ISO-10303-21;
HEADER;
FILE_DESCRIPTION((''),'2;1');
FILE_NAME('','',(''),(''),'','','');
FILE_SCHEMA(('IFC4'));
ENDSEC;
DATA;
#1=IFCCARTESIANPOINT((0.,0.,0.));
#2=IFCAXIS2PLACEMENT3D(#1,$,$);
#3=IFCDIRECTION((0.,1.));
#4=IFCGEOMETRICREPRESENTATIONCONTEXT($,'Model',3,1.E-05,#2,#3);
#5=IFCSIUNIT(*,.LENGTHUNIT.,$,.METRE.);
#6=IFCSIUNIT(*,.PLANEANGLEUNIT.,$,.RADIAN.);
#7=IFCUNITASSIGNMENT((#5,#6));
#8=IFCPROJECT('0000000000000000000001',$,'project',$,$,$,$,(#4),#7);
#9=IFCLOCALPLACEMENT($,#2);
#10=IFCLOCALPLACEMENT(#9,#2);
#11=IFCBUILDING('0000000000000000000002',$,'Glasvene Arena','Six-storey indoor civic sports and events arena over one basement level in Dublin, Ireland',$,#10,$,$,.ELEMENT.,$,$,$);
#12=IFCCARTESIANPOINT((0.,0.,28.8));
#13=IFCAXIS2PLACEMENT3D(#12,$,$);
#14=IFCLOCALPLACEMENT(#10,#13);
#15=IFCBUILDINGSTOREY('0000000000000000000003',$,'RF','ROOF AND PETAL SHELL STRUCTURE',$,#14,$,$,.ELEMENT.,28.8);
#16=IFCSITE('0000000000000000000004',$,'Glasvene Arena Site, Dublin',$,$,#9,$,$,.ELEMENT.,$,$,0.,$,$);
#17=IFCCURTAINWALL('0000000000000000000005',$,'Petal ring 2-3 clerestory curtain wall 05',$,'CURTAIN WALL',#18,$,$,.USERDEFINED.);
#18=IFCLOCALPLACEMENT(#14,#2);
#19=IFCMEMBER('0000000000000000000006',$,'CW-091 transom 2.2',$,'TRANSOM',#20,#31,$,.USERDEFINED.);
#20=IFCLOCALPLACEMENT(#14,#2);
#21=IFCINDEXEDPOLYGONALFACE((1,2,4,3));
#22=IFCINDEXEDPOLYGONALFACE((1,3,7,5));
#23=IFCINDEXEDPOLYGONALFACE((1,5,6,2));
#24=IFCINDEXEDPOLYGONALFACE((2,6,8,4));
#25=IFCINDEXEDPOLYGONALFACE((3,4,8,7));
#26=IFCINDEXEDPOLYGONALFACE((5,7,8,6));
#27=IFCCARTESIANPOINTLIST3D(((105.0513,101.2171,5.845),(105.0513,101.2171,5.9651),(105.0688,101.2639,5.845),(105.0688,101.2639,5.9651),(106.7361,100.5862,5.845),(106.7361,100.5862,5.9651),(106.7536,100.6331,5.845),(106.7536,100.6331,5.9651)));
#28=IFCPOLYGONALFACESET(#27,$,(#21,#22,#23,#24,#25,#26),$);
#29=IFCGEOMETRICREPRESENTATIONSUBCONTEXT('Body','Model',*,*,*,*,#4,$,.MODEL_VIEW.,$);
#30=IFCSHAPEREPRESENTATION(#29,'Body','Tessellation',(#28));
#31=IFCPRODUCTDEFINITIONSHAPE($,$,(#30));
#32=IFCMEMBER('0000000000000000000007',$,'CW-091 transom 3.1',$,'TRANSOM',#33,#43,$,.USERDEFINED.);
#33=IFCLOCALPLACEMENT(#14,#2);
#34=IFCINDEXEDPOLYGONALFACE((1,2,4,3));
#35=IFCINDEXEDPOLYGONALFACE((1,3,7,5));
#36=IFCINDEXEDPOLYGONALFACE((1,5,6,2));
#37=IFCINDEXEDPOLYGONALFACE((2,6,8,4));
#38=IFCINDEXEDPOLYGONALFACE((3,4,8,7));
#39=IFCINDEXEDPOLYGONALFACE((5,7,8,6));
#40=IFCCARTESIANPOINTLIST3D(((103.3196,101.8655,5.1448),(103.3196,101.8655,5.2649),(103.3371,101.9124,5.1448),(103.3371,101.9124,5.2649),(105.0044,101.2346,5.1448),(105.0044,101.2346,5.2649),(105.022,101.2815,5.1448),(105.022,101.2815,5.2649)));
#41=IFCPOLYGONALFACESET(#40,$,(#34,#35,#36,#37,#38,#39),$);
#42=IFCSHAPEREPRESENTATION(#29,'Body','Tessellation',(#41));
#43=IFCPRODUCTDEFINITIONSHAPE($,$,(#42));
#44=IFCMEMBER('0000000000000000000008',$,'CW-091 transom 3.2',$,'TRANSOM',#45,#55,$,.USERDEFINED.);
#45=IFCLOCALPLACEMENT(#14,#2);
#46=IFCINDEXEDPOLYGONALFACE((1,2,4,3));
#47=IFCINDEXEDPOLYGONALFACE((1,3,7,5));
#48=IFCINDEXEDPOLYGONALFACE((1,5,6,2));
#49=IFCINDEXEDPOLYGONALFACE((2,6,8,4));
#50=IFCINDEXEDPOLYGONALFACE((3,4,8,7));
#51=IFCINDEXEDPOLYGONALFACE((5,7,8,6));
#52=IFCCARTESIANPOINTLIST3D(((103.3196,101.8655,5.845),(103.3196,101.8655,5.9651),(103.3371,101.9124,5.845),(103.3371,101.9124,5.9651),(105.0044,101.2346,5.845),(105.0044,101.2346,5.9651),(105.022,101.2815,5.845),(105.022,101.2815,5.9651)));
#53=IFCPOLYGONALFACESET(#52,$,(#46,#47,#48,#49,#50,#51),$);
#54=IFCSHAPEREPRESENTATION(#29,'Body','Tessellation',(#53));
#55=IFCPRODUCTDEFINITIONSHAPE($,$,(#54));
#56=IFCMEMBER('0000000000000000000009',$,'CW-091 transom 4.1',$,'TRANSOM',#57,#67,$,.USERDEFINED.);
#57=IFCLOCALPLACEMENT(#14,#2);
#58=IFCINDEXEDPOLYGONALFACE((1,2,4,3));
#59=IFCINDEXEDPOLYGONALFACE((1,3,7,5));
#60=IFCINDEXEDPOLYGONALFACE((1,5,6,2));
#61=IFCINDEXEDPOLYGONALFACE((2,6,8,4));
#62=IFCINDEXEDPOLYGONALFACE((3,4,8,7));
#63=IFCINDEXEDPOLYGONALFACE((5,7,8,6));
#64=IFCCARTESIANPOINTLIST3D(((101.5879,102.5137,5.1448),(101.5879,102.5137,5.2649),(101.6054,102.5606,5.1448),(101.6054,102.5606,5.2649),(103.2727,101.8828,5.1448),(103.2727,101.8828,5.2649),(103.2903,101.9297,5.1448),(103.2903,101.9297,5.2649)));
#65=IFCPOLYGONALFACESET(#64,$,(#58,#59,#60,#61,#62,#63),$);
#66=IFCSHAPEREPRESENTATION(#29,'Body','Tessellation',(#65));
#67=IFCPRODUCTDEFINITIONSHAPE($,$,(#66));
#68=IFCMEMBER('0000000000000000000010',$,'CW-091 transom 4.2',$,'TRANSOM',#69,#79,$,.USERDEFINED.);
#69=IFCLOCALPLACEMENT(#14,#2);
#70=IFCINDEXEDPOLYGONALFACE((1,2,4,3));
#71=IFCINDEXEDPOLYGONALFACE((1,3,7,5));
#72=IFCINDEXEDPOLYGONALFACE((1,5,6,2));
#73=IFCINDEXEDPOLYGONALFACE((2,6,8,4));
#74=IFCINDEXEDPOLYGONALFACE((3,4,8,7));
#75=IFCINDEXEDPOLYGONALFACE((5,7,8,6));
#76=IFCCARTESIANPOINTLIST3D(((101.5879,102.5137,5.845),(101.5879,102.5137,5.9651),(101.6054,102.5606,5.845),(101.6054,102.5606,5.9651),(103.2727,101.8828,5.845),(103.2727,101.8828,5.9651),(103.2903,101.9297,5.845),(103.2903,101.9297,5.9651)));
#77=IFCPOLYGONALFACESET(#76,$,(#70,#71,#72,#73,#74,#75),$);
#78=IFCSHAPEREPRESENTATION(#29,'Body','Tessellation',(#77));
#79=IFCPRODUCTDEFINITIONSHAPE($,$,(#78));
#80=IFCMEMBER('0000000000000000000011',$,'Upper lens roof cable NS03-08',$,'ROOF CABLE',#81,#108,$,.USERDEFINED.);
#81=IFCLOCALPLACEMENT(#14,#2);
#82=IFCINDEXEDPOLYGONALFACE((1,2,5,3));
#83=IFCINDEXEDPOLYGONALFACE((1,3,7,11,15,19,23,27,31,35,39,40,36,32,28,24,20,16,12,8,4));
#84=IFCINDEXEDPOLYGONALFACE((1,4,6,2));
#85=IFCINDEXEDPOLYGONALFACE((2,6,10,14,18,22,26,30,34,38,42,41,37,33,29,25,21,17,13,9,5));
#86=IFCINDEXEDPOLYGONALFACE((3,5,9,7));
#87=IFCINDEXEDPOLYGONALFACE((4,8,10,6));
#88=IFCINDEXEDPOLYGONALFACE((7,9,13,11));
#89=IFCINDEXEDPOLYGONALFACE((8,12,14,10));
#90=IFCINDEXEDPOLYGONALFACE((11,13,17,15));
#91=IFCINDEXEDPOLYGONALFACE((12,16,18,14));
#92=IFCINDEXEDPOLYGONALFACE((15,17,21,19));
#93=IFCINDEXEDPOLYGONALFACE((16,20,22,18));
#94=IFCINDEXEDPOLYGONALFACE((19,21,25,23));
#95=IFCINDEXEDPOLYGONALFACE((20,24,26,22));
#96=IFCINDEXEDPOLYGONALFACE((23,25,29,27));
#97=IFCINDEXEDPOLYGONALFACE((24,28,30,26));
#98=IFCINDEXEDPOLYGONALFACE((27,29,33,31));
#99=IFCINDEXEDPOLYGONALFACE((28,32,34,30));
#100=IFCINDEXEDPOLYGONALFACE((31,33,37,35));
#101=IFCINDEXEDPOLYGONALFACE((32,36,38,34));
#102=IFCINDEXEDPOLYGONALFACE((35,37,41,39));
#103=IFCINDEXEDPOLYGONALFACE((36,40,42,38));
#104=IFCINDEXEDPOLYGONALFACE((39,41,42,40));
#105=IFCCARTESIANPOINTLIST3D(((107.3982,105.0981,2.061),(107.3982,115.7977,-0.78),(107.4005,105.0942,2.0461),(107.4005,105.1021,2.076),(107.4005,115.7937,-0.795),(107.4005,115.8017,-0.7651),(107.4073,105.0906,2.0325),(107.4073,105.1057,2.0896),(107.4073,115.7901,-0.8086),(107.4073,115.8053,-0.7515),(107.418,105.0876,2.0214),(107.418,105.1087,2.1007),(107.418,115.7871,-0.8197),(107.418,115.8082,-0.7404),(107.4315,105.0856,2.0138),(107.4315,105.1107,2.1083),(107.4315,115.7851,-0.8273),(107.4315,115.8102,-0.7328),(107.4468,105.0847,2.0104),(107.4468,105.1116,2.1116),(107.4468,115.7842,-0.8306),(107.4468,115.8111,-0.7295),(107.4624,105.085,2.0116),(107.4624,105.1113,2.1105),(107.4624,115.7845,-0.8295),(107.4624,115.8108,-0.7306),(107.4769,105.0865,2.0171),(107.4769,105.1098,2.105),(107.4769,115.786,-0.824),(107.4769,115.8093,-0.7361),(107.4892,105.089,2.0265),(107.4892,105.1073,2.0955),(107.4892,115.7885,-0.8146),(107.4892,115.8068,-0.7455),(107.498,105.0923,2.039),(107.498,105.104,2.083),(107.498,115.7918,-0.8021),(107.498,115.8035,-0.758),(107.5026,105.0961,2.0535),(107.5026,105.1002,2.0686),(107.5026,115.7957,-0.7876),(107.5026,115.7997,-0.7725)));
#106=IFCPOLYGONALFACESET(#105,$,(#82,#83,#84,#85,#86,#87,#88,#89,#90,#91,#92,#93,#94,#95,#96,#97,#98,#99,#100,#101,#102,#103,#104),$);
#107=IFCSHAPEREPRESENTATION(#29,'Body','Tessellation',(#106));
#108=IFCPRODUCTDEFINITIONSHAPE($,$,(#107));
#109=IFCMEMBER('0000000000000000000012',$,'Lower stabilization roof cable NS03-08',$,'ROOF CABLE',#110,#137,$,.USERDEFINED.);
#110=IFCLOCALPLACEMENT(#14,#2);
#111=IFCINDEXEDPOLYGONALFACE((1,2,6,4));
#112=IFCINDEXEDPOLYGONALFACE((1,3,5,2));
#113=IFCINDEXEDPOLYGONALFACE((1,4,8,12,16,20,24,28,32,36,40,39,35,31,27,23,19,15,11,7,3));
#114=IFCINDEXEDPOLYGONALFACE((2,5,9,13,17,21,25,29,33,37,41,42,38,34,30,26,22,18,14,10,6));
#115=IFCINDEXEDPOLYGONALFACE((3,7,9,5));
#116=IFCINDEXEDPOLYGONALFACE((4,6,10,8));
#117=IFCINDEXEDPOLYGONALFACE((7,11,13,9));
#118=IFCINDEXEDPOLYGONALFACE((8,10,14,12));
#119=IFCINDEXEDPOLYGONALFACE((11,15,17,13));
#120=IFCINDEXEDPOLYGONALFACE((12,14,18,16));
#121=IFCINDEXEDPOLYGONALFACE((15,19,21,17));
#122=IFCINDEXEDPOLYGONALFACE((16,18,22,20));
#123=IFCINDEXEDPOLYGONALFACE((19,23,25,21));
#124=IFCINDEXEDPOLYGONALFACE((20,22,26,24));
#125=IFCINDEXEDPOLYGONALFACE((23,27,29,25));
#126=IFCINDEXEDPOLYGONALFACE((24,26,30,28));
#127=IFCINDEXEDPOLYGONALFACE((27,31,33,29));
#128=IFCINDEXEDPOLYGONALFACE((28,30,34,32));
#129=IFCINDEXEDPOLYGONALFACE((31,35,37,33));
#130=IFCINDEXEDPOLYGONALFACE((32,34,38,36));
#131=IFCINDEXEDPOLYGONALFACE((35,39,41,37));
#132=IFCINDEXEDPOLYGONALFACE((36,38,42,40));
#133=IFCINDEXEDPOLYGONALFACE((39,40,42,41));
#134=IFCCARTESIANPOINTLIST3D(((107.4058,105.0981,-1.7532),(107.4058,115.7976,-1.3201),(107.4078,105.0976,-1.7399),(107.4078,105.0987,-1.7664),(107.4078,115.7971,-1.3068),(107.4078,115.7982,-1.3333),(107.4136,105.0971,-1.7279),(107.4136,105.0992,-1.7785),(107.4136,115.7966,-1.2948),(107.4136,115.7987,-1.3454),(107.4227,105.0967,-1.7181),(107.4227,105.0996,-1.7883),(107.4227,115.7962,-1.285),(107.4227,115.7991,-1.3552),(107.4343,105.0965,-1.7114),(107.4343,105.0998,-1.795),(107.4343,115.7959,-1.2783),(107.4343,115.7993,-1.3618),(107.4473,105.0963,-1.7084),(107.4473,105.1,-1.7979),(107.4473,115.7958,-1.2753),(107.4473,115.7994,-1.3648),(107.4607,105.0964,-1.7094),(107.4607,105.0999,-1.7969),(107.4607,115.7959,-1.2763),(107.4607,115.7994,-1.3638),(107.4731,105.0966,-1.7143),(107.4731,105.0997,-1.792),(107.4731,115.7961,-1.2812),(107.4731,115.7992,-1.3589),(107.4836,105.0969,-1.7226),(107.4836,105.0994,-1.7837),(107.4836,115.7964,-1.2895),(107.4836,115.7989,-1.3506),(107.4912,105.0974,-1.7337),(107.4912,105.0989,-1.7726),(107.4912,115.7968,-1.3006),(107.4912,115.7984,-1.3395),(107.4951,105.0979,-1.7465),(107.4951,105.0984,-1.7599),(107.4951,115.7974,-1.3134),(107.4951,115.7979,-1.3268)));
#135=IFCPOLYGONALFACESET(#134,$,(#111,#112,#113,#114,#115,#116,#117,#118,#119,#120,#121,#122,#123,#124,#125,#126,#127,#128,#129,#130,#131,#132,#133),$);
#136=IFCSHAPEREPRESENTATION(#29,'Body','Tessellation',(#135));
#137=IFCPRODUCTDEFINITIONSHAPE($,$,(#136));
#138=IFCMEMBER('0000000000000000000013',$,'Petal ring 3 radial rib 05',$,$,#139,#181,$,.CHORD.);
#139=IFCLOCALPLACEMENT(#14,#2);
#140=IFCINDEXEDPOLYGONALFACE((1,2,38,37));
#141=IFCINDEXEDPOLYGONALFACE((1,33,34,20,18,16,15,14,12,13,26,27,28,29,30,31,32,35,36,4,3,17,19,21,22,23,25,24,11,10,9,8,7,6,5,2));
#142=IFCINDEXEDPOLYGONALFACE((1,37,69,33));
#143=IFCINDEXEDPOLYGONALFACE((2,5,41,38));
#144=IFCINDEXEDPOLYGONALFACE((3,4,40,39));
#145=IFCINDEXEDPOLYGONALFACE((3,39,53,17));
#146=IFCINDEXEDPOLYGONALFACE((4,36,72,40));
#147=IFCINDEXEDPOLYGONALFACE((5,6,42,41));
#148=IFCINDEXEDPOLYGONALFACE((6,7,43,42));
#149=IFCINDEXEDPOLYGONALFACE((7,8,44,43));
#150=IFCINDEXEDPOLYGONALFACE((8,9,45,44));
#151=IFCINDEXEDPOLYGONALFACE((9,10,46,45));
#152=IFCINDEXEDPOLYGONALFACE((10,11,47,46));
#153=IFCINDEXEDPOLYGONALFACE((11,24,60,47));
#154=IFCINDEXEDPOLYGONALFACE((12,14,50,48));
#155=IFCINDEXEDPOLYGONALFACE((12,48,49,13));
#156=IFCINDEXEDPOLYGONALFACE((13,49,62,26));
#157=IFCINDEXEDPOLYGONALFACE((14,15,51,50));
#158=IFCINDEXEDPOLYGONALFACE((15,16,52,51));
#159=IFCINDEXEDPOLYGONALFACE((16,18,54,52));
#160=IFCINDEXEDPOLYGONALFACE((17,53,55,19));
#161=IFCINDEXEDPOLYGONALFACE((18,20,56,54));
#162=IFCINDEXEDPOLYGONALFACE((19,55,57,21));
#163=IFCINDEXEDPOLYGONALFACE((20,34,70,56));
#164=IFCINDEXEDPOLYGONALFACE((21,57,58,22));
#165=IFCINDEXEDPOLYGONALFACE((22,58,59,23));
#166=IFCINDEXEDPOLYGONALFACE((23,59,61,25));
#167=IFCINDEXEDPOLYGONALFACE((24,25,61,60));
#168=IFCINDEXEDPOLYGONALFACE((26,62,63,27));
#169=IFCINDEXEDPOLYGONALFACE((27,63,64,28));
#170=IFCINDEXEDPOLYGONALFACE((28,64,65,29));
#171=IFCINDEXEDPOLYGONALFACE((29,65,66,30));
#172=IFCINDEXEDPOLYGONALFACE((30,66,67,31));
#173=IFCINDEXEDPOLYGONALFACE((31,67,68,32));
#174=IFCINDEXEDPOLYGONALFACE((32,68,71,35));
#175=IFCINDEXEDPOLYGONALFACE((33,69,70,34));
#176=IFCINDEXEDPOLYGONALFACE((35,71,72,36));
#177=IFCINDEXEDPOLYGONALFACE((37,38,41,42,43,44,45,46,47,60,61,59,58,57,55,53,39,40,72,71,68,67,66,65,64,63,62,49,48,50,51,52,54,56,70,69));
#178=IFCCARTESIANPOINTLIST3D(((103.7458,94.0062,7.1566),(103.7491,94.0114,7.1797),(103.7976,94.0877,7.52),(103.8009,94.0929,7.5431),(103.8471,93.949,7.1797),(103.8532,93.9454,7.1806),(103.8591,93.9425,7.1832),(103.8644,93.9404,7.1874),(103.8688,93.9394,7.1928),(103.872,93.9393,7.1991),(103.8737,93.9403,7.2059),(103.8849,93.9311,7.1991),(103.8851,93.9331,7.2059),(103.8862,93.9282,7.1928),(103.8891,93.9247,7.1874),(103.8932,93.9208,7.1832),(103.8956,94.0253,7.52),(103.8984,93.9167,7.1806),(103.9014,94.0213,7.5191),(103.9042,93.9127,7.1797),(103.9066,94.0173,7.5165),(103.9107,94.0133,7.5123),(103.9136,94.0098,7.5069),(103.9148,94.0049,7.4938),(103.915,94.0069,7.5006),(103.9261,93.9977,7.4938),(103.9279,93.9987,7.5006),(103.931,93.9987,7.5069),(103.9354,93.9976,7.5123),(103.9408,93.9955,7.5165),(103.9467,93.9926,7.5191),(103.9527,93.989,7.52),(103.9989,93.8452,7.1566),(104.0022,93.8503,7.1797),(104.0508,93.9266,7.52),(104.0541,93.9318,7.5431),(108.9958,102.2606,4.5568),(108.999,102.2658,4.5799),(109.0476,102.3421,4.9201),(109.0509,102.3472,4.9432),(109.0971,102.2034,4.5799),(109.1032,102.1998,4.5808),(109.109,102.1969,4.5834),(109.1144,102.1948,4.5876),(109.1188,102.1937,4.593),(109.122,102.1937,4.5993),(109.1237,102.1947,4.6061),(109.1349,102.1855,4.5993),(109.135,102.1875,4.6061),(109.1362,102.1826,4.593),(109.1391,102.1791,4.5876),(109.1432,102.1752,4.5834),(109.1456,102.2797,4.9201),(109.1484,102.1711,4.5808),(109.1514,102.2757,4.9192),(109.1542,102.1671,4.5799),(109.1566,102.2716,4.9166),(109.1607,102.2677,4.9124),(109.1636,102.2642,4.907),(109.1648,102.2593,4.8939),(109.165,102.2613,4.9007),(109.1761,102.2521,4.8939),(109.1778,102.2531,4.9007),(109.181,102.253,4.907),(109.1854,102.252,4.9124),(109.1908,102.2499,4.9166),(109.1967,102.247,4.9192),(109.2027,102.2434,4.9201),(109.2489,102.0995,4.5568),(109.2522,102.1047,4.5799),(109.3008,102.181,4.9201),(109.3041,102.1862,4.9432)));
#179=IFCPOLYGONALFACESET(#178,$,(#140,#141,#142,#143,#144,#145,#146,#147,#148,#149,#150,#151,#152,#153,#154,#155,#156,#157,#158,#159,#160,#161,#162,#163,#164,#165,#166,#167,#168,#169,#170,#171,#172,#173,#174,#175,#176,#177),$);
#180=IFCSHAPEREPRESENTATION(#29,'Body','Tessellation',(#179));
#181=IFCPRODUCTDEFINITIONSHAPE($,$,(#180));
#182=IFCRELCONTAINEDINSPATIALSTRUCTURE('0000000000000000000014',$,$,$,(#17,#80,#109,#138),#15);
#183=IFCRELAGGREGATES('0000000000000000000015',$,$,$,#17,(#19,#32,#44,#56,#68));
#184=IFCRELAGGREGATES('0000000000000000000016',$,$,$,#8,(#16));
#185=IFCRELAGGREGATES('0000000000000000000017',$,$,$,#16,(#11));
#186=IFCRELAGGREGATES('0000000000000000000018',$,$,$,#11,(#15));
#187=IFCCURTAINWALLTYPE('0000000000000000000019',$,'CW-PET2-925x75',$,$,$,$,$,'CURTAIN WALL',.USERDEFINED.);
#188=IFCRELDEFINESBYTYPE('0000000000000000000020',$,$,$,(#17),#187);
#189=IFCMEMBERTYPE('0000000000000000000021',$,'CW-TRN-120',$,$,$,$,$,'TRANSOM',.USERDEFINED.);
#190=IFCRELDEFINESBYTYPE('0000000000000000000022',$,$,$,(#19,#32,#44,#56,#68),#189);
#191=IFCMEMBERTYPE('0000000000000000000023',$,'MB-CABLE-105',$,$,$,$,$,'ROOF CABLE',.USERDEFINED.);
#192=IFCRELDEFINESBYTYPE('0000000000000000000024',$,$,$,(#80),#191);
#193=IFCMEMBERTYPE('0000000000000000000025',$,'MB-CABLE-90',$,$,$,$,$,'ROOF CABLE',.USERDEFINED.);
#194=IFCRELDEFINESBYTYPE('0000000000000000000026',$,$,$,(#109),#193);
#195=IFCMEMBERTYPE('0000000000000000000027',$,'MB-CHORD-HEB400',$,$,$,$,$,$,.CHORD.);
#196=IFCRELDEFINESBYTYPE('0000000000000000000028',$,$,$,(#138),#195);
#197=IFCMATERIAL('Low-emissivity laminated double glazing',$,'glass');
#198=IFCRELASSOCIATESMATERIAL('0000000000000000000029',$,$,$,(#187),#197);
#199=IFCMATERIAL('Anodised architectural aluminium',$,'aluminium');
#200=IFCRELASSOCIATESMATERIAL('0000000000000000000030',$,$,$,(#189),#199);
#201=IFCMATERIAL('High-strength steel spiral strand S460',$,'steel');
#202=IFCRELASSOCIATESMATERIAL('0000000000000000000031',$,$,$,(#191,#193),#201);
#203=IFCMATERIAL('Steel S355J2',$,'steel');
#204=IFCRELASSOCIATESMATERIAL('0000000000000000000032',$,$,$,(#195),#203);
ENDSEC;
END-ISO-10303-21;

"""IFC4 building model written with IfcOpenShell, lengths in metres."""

from ifc_helpers import new_model, si_unit, direction, frame, origin, origin_2d, place, context, subcontext, project, spatial, rectangle, circle, i_section, extrude, material, material_profile, profile_set, type_object, element, aggregate, save


model = new_model("IFC4")

# Units and contexts
model_context = context("Model", 3, precision=1e-05, world=origin(), true_north=direction((0.0, 1.0)))
body_context = subcontext(model_context, "Body", "Model", "MODEL_VIEW")
ifc_project = project(units=[si_unit("LENGTHUNIT", "METRE"), si_unit("PLANEANGLEUNIT", "RADIAN")], contexts=[model_context])

# Site, building, storey
site_placement = place(None, origin())
site = spatial("IfcSite", under=ifc_project, at=site_placement, Name="Glasvene Arena Site, Dublin", CompositionType="ELEMENT", RefElevation=0.0)
building_placement = place(site_placement, origin())
building = spatial("IfcBuilding", under=site, at=building_placement, Name="Glasvene Arena", Description="Six-storey indoor civic sports and events arena over one basement level in Dublin, Ireland", CompositionType="ELEMENT")
storey_placement = place(building_placement, frame((0.0, 0.0, 28.8)))
storey = spatial("IfcBuildingStorey", under=building, at=storey_placement, Name="RF", Description="ROOF AND PETAL SHELL STRUCTURE", CompositionType="ELEMENT", Elevation=28.8)

# Shared definitions
ifc_material_1 = material(Name="Low-emissivity laminated double glazing", Category="glass")
ifc_material_2 = material(Name="Anodised architectural aluminium", Category="aluminium")

# Curtain wall
curtain_wall_type_1 = type_object("IfcCurtainWallType", Name="CW-PET2-925x75", ElementType="CURTAIN WALL", PredefinedType="USERDEFINED", material=ifc_material_1)
curtain_wall_1_placement = place(storey_placement, frame((108.5, 99.9524, 0.0)))
curtain_wall_1 = element("IfcCurtainWall", 1, at=curtain_wall_1_placement, inside=storey, type_object=curtain_wall_type_1, Name="Petal ring 2-3 clerestory curtain wall 05", ObjectType="CURTAIN WALL", PredefinedType="USERDEFINED")

# Members
ifc_material_profile_1 = material_profile(ifc_material_2, rectangle(XDim=0.05, YDim=0.1201, at=origin_2d()), Name="ALU TRANSOM 50x120")
ifc_profile_set_1 = profile_set([ifc_material_profile_1], Name="Anodised architectural aluminium")
member_type_1 = type_object("IfcMemberType", Name="CW-TRN-120", ElementType="TRANSOM", PredefinedType="USERDEFINED", material=ifc_profile_set_1)
member_1_placement = place(storey_placement, frame((106.7449, 100.6096, 5.905), z_axis=(-0.936502, 0.350662, 0.0), x_axis=(-0.350662, -0.936502, 0.0)))
member_1 = element("IfcMember", 2, at=member_1_placement, type_object=member_type_1, Name="CW-091 transom 2.2", ObjectType="TRANSOM", PredefinedType="USERDEFINED", context=body_context, shape_type="SweptSolid", body=[
    extrude(rectangle(XDim=0.05, YDim=0.1201, at=origin_2d()), origin(), (0.0, 0.0, 1.0), 1.7991),
])
member_2_placement = place(storey_placement, frame((105.0132, 101.2581, 5.2048), z_axis=(-0.936502, 0.350662, 0.0), x_axis=(-0.350662, -0.936502, 0.0)))
member_2 = element("IfcMember", 3, at=member_2_placement, type_object=member_type_1, Name="CW-091 transom 3.1", ObjectType="TRANSOM", PredefinedType="USERDEFINED", context=body_context, shape_type="SweptSolid", body=[
    extrude(rectangle(XDim=0.05, YDim=0.1201, at=origin_2d()), origin(), (0.0, 0.0, 1.0), 1.7991),
])
member_3_placement = place(storey_placement, frame((105.0132, 101.2581, 5.905), z_axis=(-0.936502, 0.350662, 0.0), x_axis=(-0.350662, -0.936502, 0.0)))
member_3 = element("IfcMember", 4, at=member_3_placement, type_object=member_type_1, Name="CW-091 transom 3.2", ObjectType="TRANSOM", PredefinedType="USERDEFINED", context=body_context, shape_type="SweptSolid", body=[
    extrude(rectangle(XDim=0.05, YDim=0.1201, at=origin_2d()), origin(), (0.0, 0.0, 1.0), 1.7991),
])
member_4_placement = place(storey_placement, frame((103.2815, 101.9062, 5.2048), z_axis=(-0.936502, 0.350662, 0.0), x_axis=(-0.350662, -0.936502, 0.0)))
member_4 = element("IfcMember", 5, at=member_4_placement, type_object=member_type_1, Name="CW-091 transom 4.1", ObjectType="TRANSOM", PredefinedType="USERDEFINED", context=body_context, shape_type="SweptSolid", body=[
    extrude(rectangle(XDim=0.05, YDim=0.1201, at=origin_2d()), origin(), (0.0, 0.0, 1.0), 1.7991),
])
member_5_placement = place(storey_placement, frame((103.2815, 101.9062, 5.905), z_axis=(-0.936502, 0.350662, 0.0), x_axis=(-0.350662, -0.936502, 0.0)))
member_5 = element("IfcMember", 6, at=member_5_placement, type_object=member_type_1, Name="CW-091 transom 4.2", ObjectType="TRANSOM", PredefinedType="USERDEFINED", context=body_context, shape_type="SweptSolid", body=[
    extrude(rectangle(XDim=0.05, YDim=0.1201, at=origin_2d()), origin(), (0.0, 0.0, 1.0), 1.7991),
])

# Members
ifc_material_3 = material(Name="High-strength steel spiral strand S460", Category="steel")
ifc_material_profile_2 = material_profile(ifc_material_3, circle(Radius=0.0525, at=origin_2d()), Name="LCSS D105")
ifc_profile_set_2 = profile_set([ifc_material_profile_2], Name="High-strength steel spiral strand S460")
member_type_2 = type_object("IfcMemberType", Name="MB-CABLE-105", ElementType="ROOF CABLE", PredefinedType="USERDEFINED", material=ifc_profile_set_2)
member_6_placement = place(storey_placement, frame((107.4507, 105.0981, 2.061), z_axis=(0.0, 0.966507, -0.25664), x_axis=(-1.0, 0.0, 0.0)))
element("IfcMember", 7, at=member_6_placement, inside=storey, type_object=member_type_2, Name="Upper lens roof cable NS03-08", ObjectType="ROOF CABLE", PredefinedType="USERDEFINED", context=body_context, shape_type="SweptSolid", body=[
    extrude(circle(Radius=0.0525, at=origin_2d()), origin(), (0.0, 0.0, 1.0), 11.0703),
])
ifc_material_profile_3 = material_profile(ifc_material_3, circle(Radius=0.0449, at=origin_2d()), Name="LCSS D90")
ifc_profile_set_3 = profile_set([ifc_material_profile_3], Name="High-strength steel spiral strand S460")
member_type_3 = type_object("IfcMemberType", Name="MB-CABLE-90", ElementType="ROOF CABLE", PredefinedType="USERDEFINED", material=ifc_profile_set_3)
member_7_placement = place(storey_placement, frame((107.4507, 105.0981, -1.7532), z_axis=(0.0, 0.999182, 0.040446), x_axis=(-1.0, 0.0, 0.0)))
element("IfcMember", 8, at=member_7_placement, inside=storey, type_object=member_type_3, Name="Lower stabilization roof cable NS03-08", ObjectType="ROOF CABLE", PredefinedType="USERDEFINED", context=body_context, shape_type="SweptSolid", body=[
    extrude(circle(Radius=0.0449, at=origin_2d()), origin(), (0.0, 0.0, 1.0), 10.7083),
])
ifc_material_4 = material(Name="Steel S355J2", Category="steel")
ifc_material_profile_4 = material_profile(ifc_material_4, i_section(OverallWidth=0.3, OverallDepth=0.3999, WebThickness=0.0134, FlangeThickness=0.0239, FilletRadius=0.0271, at=origin_2d()), Name="HEB 400")
ifc_profile_set_4 = profile_set([ifc_material_profile_4], Name="Steel S355J2")
member_type_4 = type_object("IfcMemberType", Name="MB-CHORD-HEB400", PredefinedType="CHORD", material=ifc_profile_set_4)
member_8_placement = place(storey_placement, frame((109.1499, 102.2234, 4.75), z_axis=(-0.518667, -0.815483, 0.256849), x_axis=(0.843791, -0.536672, 0.0)))
element("IfcMember", 9, at=member_8_placement, inside=storey, type_object=member_type_4, Name="Petal ring 3 radial rib 05", PredefinedType="CHORD", context=body_context, shape_type="SweptSolid", body=[
    extrude(i_section(OverallWidth=0.3, OverallDepth=0.3999, WebThickness=0.0134, FlangeThickness=0.0239, FilletRadius=0.0271, at=origin_2d()), origin(), (0.0, 0.0, 1.0), 10.1221),
])

aggregate(curtain_wall_1, [member_1, member_2, member_3, member_4, member_5])

save(model, "model.ifc")
